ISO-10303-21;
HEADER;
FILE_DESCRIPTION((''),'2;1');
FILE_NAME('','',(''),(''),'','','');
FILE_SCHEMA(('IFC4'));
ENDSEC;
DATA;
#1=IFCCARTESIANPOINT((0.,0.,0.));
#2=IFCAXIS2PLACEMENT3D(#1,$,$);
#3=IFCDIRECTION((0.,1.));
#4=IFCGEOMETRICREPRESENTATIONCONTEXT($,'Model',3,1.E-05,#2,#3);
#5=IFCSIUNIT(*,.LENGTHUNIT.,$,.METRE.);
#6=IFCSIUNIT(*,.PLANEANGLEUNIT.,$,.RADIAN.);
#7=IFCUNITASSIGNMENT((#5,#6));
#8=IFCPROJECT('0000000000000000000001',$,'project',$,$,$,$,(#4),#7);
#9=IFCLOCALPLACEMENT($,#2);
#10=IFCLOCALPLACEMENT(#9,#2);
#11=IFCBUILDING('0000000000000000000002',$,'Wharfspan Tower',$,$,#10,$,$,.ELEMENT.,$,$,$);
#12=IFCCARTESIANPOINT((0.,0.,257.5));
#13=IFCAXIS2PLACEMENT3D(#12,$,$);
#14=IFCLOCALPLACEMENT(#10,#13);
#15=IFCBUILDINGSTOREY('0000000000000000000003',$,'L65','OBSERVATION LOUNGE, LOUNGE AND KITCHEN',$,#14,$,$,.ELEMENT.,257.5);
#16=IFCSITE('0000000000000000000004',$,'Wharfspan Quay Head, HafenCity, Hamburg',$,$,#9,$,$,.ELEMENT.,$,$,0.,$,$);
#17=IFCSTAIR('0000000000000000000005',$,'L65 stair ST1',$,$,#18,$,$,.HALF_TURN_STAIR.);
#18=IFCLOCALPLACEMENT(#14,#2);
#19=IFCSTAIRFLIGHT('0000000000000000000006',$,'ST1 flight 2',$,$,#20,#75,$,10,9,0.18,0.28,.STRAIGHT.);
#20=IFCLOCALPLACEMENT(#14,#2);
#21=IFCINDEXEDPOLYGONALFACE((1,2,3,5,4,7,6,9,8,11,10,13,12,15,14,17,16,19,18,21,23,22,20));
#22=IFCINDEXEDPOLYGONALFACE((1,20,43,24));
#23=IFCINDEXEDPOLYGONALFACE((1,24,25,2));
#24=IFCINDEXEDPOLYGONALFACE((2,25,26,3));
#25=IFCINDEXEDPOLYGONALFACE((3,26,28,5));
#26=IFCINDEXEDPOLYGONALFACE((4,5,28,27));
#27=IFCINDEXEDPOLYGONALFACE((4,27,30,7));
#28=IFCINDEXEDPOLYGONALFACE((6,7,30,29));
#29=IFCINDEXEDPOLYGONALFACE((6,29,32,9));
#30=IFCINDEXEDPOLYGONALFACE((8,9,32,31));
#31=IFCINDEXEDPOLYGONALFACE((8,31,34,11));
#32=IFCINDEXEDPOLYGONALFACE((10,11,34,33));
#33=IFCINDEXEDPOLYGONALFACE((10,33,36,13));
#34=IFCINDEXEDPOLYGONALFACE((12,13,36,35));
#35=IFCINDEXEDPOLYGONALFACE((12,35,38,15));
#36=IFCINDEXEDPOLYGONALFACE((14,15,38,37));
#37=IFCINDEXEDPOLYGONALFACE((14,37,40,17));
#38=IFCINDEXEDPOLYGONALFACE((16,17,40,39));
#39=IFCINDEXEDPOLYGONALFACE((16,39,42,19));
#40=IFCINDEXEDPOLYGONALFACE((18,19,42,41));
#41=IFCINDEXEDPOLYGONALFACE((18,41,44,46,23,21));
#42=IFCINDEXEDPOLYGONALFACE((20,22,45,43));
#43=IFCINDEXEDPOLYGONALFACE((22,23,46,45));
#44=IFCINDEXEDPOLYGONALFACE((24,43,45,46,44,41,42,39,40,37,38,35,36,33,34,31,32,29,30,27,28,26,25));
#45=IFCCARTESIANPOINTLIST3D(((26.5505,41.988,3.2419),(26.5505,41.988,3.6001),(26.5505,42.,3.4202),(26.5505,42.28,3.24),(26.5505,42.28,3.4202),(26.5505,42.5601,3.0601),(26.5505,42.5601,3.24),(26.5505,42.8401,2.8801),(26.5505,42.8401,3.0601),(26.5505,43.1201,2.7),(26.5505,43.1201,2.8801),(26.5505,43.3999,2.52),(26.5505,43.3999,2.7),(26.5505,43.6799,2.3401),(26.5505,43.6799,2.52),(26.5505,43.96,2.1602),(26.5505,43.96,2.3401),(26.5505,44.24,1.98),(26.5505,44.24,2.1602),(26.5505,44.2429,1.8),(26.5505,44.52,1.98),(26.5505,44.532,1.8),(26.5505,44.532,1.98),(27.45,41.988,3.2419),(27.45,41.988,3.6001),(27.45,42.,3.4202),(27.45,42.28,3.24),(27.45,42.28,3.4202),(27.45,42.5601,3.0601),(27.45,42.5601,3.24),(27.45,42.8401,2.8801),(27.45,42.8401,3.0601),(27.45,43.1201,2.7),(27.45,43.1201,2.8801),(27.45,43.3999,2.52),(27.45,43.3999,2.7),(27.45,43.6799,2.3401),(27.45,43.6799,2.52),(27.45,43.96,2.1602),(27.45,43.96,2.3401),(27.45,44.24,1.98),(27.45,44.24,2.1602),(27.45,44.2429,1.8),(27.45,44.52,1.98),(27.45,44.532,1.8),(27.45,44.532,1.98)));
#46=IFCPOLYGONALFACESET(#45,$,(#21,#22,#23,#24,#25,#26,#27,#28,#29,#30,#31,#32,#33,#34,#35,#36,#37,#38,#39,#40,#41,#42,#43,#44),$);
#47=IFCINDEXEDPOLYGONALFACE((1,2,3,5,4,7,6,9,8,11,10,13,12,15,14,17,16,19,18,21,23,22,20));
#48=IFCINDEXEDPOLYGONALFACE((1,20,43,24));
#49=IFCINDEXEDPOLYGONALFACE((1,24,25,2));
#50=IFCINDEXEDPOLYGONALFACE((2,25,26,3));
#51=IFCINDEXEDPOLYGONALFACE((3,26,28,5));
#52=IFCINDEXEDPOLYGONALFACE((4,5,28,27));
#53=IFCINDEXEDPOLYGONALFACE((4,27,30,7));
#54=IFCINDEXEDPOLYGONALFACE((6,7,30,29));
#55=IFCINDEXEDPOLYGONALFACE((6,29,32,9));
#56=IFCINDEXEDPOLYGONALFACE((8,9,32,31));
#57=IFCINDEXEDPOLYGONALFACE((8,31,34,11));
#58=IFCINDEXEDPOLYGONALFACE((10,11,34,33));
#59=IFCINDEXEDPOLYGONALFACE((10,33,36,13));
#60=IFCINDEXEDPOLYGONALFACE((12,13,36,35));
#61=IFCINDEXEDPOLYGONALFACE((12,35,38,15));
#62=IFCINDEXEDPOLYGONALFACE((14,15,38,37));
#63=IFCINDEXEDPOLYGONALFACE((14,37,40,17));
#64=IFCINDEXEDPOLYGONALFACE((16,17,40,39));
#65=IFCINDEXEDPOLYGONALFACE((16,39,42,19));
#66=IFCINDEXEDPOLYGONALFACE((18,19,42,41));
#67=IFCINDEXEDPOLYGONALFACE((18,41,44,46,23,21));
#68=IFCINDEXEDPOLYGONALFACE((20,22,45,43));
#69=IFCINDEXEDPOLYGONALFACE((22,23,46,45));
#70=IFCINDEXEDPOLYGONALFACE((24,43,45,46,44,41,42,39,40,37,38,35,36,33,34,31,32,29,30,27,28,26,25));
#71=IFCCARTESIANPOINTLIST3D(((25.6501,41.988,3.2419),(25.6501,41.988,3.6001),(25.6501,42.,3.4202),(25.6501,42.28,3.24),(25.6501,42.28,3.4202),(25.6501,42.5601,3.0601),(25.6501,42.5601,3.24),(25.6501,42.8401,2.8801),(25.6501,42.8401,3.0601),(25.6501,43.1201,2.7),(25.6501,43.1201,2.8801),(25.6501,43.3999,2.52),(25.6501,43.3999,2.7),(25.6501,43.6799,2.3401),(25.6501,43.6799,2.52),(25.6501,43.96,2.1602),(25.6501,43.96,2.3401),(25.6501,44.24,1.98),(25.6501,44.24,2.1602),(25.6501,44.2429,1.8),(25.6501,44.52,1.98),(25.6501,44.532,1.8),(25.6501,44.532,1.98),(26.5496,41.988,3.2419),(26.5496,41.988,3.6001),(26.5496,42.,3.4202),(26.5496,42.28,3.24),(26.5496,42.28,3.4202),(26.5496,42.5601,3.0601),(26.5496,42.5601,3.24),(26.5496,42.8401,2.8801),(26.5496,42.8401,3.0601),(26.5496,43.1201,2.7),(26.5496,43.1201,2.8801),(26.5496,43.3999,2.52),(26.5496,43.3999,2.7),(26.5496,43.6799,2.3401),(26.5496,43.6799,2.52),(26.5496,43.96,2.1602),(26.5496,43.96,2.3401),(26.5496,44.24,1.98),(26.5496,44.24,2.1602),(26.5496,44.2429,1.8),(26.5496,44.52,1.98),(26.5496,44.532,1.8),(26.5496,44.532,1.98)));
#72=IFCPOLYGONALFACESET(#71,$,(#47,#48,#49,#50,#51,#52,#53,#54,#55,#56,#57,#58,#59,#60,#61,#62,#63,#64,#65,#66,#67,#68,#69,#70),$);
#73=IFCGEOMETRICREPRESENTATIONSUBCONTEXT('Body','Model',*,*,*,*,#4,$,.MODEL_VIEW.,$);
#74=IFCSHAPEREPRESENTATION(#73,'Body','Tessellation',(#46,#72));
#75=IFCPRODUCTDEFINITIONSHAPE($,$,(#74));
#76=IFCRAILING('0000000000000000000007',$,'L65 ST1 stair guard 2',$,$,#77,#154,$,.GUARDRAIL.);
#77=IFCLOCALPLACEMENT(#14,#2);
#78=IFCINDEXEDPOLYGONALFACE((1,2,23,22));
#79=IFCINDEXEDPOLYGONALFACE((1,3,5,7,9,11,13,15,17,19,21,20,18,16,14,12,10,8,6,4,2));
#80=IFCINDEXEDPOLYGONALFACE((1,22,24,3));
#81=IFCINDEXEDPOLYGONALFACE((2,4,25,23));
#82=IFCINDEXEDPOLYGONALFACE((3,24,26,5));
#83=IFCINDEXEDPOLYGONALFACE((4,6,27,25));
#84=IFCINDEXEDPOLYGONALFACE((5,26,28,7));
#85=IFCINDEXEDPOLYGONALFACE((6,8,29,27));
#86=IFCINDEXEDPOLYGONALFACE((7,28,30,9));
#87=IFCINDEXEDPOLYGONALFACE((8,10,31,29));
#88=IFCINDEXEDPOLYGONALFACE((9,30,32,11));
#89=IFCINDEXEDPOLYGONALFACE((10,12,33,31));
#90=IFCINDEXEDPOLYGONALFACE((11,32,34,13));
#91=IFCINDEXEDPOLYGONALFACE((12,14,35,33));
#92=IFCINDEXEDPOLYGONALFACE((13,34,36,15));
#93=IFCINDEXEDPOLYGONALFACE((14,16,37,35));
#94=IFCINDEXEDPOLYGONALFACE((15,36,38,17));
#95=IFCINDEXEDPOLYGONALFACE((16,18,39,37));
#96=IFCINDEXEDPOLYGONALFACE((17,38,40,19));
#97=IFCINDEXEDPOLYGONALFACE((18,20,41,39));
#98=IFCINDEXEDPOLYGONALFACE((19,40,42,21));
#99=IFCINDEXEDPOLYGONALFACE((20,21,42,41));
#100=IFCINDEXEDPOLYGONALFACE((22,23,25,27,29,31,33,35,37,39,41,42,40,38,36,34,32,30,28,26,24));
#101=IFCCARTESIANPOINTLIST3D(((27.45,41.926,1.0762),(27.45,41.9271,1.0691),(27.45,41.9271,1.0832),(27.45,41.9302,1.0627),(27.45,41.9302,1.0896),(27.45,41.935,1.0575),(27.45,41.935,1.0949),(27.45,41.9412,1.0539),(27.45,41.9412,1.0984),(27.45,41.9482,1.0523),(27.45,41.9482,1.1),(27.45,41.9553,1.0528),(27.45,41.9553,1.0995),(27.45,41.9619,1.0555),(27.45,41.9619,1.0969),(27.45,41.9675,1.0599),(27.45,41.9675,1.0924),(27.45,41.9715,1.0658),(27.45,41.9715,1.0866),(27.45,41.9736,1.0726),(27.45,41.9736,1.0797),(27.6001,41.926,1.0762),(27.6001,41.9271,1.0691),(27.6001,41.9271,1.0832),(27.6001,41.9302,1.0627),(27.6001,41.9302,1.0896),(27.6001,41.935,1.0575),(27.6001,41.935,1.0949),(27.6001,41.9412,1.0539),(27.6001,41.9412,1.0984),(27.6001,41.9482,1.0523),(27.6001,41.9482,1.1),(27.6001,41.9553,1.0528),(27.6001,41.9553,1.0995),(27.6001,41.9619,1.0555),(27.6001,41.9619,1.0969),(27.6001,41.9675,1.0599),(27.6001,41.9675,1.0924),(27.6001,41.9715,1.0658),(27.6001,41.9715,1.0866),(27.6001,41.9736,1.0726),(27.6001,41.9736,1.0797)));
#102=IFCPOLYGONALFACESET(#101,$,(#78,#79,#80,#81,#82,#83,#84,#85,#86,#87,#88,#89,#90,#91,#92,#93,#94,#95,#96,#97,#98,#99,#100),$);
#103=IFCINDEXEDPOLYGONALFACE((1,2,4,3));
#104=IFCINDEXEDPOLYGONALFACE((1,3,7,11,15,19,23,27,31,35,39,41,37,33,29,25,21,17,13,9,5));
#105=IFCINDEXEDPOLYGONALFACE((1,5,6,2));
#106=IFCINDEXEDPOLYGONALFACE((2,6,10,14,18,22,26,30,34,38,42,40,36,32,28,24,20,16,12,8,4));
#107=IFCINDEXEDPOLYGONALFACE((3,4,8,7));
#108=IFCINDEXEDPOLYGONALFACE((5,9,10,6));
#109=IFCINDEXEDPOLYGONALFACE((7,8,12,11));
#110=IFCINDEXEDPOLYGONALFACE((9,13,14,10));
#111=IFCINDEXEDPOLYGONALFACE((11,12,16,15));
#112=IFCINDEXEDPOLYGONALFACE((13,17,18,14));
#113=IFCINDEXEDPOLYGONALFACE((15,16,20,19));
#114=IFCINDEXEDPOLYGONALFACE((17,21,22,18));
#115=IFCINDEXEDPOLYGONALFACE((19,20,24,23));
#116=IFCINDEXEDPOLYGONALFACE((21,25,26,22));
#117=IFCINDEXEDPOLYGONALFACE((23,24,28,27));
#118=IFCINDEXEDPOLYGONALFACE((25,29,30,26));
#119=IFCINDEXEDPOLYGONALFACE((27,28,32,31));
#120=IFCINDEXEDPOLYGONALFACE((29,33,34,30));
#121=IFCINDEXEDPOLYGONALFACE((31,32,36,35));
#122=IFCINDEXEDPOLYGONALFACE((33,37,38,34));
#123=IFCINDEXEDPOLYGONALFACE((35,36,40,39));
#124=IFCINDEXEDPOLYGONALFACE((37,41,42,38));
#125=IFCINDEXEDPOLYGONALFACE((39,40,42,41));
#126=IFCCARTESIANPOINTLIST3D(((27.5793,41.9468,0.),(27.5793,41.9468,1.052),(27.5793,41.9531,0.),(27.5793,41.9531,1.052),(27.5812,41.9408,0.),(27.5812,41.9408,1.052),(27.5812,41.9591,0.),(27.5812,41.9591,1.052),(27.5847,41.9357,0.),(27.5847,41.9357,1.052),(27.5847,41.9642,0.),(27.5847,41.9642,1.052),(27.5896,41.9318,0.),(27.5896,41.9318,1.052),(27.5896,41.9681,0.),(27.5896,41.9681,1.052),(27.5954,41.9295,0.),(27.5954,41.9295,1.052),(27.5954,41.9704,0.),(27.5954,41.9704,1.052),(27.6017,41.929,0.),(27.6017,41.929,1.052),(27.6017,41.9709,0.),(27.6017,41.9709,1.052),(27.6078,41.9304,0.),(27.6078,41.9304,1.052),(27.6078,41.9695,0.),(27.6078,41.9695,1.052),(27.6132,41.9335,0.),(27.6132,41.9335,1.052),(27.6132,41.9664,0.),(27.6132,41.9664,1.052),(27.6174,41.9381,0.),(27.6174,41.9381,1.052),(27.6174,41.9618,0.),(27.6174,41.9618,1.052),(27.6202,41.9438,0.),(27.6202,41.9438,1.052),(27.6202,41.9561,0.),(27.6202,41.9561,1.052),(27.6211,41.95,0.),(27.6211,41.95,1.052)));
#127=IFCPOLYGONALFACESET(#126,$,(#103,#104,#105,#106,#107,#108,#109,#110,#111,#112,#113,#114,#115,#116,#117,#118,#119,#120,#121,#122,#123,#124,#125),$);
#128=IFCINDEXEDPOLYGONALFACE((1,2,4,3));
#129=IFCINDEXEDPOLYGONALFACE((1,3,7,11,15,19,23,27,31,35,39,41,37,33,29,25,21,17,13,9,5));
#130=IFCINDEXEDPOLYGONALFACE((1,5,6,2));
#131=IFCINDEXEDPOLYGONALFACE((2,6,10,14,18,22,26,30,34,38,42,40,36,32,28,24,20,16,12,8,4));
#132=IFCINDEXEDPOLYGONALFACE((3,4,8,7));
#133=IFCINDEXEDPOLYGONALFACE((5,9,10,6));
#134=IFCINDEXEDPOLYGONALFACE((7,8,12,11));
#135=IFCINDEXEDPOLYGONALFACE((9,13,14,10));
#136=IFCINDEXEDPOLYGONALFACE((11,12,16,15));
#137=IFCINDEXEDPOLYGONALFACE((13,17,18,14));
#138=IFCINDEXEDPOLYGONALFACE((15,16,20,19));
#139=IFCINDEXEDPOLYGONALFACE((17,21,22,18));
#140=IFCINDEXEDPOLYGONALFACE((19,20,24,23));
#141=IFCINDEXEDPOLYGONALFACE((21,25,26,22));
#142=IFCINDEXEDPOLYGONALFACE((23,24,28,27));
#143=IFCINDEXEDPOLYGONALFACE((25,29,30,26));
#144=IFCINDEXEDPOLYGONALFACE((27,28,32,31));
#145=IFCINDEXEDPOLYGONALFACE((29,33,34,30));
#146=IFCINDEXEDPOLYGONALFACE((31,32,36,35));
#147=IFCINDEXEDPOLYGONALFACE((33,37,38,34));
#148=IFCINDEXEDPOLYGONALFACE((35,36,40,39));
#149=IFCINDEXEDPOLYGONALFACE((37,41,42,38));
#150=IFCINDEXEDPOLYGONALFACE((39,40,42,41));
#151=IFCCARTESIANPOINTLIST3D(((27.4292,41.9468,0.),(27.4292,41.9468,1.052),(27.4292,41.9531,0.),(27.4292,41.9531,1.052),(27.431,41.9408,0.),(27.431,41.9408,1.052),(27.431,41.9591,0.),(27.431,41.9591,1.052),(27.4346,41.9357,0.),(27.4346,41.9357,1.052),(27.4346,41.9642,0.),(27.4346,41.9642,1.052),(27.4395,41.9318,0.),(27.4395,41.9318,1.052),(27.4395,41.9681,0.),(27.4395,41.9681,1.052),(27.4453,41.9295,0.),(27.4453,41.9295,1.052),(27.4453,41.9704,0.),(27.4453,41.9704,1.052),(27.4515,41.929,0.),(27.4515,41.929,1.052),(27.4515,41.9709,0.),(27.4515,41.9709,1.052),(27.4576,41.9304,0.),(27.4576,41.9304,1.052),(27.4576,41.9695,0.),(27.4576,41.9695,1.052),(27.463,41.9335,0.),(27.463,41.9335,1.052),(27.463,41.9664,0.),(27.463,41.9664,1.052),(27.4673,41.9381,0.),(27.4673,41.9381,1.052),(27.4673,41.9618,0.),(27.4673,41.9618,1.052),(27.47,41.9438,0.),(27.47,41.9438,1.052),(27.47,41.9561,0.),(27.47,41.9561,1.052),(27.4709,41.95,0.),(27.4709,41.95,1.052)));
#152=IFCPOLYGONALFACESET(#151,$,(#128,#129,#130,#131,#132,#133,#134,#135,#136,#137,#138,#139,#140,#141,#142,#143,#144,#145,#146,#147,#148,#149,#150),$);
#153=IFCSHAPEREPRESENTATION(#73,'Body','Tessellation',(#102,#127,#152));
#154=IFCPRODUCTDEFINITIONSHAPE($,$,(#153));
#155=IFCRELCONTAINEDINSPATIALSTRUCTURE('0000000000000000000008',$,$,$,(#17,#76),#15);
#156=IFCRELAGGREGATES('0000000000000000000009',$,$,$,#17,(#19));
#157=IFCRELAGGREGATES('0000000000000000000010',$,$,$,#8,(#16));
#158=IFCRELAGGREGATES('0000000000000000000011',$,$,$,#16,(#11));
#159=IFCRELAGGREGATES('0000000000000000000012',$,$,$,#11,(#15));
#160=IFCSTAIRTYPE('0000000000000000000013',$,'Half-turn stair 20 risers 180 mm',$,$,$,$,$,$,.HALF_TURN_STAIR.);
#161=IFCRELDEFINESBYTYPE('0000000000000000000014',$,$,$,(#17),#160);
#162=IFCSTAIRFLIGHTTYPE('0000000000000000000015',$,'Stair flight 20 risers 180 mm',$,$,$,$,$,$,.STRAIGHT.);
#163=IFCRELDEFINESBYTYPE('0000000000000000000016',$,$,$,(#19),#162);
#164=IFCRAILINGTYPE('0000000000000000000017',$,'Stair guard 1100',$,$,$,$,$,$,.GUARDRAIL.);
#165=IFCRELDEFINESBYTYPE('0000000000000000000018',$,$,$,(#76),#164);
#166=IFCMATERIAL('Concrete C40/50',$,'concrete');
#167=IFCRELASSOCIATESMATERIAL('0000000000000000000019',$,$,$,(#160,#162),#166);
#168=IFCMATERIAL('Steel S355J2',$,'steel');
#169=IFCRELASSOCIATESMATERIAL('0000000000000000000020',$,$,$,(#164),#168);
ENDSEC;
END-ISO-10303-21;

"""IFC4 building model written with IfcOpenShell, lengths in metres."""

from ifc_helpers import new_model, si_unit, direction, frame, origin, origin_2d, place, context, subcontext, project, spatial, polyline, circle, outline, extrude, material, type_object, element, aggregate, save


model = new_model("IFC4")

# Units and contexts
model_context = context("Model", 3, precision=1e-05, world=origin(), true_north=direction((0.0, 1.0)))
body_context = subcontext(model_context, "Body", "Model", "MODEL_VIEW")
ifc_project = project(units=[si_unit("LENGTHUNIT", "METRE"), si_unit("PLANEANGLEUNIT", "RADIAN")], contexts=[model_context])

# Site, building, storey
site_placement = place(None, origin())
site = spatial("IfcSite", under=ifc_project, at=site_placement, Name="Wharfspan Quay Head, HafenCity, Hamburg", CompositionType="ELEMENT", RefElevation=0.0)
building_placement = place(site_placement, origin())
building = spatial("IfcBuilding", under=site, at=building_placement, Name="Wharfspan Tower", CompositionType="ELEMENT")
storey_placement = place(building_placement, frame((0.0, 0.0, 257.5)))
storey = spatial("IfcBuildingStorey", under=building, at=storey_placement, Name="L65", Description="OBSERVATION LOUNGE, LOUNGE AND KITCHEN", CompositionType="ELEMENT", Elevation=257.5)

# Shared definitions
ifc_material_1 = material(Name="Steel S355J2", Category="steel")

# Shared definitions
ifc_material_2 = material(Name="Concrete C40/50", Category="concrete")

# Stair, stair flight
stair_type = type_object("IfcStairType", Name="Half-turn stair 20 risers 180 mm", PredefinedType="HALF_TURN_STAIR", material=ifc_material_2)
stair_placement = place(storey_placement, origin())
stair = element("IfcStair", 1, at=stair_placement, inside=storey, type_object=stair_type, Name="L65 stair ST1", PredefinedType="HALF_TURN_STAIR")
stair_flight_type = type_object("IfcStairFlightType", Name="Stair flight 20 risers 180 mm", PredefinedType="STRAIGHT", material=ifc_material_2)
stair_flight_1_placement = place(storey_placement, frame((26.55, 44.52, 1.8), z_axis=(0.0, 0.0, 1.0), x_axis=(0.0, -1.0, 0.0)))
stair_flight_1 = element("IfcStairFlight", 2, at=stair_flight_1_placement, type_object=stair_flight_type, Name="ST1 flight 2", NumberOfRisers=10, NumberOfTreads=9, PredefinedType="STRAIGHT", RiserHeight=0.18, TreadLength=0.28, context=body_context, shape_type="SweptSolid", body=[
    extrude(outline(polyline([(-0.012, 0.0), (-0.012, 0.1799), (0.0, 0.1799), (0.28, 0.1799), (0.28, 0.3601), (0.5601, 0.3601), (0.5601, 0.54), (0.8401, 0.54), (0.8401, 0.72), (1.1201, 0.72), (1.1201, 0.8999), (1.3999, 0.8999), (1.3999, 1.0801), (1.6799, 1.0801), (1.6799, 1.26), (1.96, 1.26), (1.96, 1.4399), (2.24, 1.4399), (2.24, 1.6201), (2.52, 1.6201), (2.532, 1.8), (2.532, 1.4419), (0.2771, 0.0), (-0.012, 0.0)])), frame((0.0, 0.8999, 0.0), z_axis=(0.0, -1.0, 0.0), x_axis=(1.0, 0.0, 0.0)), (0.0, 0.0, 1.0), 0.8994),
    extrude(outline(polyline([(-0.012, 0.0), (-0.012, 0.1799), (0.0, 0.1799), (0.28, 0.1799), (0.28, 0.3601), (0.5601, 0.3601), (0.5601, 0.54), (0.8401, 0.54), (0.8401, 0.72), (1.1201, 0.72), (1.1201, 0.8999), (1.3999, 0.8999), (1.3999, 1.0801), (1.6799, 1.0801), (1.6799, 1.26), (1.96, 1.26), (1.96, 1.4399), (2.24, 1.4399), (2.24, 1.6201), (2.52, 1.6201), (2.532, 1.8), (2.532, 1.4419), (0.2771, 0.0), (-0.012, 0.0)])), frame((0.0, -0.0005, 0.0), z_axis=(0.0, -1.0, 0.0), x_axis=(1.0, 0.0, 0.0)), (0.0, 0.0, 1.0), 0.8994),
])
aggregate(stair, [stair_flight_1])

# Railing
railing_type_1 = type_object("IfcRailingType", Name="Stair guard 1100", PredefinedType="GUARDRAIL", material=ifc_material_1)
railing_1_placement = place(storey_placement, frame((27.6001, 41.95, 0.0)))
element("IfcRailing", 3, at=railing_1_placement, inside=storey, type_object=railing_type_1, Name="L65 ST1 stair guard 2", PredefinedType="GUARDRAIL", context=body_context, shape_type="SweptSolid", body=[
    extrude(circle(Radius=0.0239, at=origin_2d()), frame((0.0, 0.0, 1.0762), z_axis=(-1.0, 0.0, 0.0), x_axis=(0.0, -1.0, 0.0)), (0.0, 0.0, 1.0), 0.1501),
    extrude(circle(Radius=0.021, at=origin_2d()), origin(), (0.0, 0.0, 1.0), 1.052),
    extrude(circle(Radius=0.021, at=origin_2d()), frame((-0.1501, 0.0, 0.0)), (0.0, 0.0, 1.0), 1.052),
])

save(model, "model.ifc")
